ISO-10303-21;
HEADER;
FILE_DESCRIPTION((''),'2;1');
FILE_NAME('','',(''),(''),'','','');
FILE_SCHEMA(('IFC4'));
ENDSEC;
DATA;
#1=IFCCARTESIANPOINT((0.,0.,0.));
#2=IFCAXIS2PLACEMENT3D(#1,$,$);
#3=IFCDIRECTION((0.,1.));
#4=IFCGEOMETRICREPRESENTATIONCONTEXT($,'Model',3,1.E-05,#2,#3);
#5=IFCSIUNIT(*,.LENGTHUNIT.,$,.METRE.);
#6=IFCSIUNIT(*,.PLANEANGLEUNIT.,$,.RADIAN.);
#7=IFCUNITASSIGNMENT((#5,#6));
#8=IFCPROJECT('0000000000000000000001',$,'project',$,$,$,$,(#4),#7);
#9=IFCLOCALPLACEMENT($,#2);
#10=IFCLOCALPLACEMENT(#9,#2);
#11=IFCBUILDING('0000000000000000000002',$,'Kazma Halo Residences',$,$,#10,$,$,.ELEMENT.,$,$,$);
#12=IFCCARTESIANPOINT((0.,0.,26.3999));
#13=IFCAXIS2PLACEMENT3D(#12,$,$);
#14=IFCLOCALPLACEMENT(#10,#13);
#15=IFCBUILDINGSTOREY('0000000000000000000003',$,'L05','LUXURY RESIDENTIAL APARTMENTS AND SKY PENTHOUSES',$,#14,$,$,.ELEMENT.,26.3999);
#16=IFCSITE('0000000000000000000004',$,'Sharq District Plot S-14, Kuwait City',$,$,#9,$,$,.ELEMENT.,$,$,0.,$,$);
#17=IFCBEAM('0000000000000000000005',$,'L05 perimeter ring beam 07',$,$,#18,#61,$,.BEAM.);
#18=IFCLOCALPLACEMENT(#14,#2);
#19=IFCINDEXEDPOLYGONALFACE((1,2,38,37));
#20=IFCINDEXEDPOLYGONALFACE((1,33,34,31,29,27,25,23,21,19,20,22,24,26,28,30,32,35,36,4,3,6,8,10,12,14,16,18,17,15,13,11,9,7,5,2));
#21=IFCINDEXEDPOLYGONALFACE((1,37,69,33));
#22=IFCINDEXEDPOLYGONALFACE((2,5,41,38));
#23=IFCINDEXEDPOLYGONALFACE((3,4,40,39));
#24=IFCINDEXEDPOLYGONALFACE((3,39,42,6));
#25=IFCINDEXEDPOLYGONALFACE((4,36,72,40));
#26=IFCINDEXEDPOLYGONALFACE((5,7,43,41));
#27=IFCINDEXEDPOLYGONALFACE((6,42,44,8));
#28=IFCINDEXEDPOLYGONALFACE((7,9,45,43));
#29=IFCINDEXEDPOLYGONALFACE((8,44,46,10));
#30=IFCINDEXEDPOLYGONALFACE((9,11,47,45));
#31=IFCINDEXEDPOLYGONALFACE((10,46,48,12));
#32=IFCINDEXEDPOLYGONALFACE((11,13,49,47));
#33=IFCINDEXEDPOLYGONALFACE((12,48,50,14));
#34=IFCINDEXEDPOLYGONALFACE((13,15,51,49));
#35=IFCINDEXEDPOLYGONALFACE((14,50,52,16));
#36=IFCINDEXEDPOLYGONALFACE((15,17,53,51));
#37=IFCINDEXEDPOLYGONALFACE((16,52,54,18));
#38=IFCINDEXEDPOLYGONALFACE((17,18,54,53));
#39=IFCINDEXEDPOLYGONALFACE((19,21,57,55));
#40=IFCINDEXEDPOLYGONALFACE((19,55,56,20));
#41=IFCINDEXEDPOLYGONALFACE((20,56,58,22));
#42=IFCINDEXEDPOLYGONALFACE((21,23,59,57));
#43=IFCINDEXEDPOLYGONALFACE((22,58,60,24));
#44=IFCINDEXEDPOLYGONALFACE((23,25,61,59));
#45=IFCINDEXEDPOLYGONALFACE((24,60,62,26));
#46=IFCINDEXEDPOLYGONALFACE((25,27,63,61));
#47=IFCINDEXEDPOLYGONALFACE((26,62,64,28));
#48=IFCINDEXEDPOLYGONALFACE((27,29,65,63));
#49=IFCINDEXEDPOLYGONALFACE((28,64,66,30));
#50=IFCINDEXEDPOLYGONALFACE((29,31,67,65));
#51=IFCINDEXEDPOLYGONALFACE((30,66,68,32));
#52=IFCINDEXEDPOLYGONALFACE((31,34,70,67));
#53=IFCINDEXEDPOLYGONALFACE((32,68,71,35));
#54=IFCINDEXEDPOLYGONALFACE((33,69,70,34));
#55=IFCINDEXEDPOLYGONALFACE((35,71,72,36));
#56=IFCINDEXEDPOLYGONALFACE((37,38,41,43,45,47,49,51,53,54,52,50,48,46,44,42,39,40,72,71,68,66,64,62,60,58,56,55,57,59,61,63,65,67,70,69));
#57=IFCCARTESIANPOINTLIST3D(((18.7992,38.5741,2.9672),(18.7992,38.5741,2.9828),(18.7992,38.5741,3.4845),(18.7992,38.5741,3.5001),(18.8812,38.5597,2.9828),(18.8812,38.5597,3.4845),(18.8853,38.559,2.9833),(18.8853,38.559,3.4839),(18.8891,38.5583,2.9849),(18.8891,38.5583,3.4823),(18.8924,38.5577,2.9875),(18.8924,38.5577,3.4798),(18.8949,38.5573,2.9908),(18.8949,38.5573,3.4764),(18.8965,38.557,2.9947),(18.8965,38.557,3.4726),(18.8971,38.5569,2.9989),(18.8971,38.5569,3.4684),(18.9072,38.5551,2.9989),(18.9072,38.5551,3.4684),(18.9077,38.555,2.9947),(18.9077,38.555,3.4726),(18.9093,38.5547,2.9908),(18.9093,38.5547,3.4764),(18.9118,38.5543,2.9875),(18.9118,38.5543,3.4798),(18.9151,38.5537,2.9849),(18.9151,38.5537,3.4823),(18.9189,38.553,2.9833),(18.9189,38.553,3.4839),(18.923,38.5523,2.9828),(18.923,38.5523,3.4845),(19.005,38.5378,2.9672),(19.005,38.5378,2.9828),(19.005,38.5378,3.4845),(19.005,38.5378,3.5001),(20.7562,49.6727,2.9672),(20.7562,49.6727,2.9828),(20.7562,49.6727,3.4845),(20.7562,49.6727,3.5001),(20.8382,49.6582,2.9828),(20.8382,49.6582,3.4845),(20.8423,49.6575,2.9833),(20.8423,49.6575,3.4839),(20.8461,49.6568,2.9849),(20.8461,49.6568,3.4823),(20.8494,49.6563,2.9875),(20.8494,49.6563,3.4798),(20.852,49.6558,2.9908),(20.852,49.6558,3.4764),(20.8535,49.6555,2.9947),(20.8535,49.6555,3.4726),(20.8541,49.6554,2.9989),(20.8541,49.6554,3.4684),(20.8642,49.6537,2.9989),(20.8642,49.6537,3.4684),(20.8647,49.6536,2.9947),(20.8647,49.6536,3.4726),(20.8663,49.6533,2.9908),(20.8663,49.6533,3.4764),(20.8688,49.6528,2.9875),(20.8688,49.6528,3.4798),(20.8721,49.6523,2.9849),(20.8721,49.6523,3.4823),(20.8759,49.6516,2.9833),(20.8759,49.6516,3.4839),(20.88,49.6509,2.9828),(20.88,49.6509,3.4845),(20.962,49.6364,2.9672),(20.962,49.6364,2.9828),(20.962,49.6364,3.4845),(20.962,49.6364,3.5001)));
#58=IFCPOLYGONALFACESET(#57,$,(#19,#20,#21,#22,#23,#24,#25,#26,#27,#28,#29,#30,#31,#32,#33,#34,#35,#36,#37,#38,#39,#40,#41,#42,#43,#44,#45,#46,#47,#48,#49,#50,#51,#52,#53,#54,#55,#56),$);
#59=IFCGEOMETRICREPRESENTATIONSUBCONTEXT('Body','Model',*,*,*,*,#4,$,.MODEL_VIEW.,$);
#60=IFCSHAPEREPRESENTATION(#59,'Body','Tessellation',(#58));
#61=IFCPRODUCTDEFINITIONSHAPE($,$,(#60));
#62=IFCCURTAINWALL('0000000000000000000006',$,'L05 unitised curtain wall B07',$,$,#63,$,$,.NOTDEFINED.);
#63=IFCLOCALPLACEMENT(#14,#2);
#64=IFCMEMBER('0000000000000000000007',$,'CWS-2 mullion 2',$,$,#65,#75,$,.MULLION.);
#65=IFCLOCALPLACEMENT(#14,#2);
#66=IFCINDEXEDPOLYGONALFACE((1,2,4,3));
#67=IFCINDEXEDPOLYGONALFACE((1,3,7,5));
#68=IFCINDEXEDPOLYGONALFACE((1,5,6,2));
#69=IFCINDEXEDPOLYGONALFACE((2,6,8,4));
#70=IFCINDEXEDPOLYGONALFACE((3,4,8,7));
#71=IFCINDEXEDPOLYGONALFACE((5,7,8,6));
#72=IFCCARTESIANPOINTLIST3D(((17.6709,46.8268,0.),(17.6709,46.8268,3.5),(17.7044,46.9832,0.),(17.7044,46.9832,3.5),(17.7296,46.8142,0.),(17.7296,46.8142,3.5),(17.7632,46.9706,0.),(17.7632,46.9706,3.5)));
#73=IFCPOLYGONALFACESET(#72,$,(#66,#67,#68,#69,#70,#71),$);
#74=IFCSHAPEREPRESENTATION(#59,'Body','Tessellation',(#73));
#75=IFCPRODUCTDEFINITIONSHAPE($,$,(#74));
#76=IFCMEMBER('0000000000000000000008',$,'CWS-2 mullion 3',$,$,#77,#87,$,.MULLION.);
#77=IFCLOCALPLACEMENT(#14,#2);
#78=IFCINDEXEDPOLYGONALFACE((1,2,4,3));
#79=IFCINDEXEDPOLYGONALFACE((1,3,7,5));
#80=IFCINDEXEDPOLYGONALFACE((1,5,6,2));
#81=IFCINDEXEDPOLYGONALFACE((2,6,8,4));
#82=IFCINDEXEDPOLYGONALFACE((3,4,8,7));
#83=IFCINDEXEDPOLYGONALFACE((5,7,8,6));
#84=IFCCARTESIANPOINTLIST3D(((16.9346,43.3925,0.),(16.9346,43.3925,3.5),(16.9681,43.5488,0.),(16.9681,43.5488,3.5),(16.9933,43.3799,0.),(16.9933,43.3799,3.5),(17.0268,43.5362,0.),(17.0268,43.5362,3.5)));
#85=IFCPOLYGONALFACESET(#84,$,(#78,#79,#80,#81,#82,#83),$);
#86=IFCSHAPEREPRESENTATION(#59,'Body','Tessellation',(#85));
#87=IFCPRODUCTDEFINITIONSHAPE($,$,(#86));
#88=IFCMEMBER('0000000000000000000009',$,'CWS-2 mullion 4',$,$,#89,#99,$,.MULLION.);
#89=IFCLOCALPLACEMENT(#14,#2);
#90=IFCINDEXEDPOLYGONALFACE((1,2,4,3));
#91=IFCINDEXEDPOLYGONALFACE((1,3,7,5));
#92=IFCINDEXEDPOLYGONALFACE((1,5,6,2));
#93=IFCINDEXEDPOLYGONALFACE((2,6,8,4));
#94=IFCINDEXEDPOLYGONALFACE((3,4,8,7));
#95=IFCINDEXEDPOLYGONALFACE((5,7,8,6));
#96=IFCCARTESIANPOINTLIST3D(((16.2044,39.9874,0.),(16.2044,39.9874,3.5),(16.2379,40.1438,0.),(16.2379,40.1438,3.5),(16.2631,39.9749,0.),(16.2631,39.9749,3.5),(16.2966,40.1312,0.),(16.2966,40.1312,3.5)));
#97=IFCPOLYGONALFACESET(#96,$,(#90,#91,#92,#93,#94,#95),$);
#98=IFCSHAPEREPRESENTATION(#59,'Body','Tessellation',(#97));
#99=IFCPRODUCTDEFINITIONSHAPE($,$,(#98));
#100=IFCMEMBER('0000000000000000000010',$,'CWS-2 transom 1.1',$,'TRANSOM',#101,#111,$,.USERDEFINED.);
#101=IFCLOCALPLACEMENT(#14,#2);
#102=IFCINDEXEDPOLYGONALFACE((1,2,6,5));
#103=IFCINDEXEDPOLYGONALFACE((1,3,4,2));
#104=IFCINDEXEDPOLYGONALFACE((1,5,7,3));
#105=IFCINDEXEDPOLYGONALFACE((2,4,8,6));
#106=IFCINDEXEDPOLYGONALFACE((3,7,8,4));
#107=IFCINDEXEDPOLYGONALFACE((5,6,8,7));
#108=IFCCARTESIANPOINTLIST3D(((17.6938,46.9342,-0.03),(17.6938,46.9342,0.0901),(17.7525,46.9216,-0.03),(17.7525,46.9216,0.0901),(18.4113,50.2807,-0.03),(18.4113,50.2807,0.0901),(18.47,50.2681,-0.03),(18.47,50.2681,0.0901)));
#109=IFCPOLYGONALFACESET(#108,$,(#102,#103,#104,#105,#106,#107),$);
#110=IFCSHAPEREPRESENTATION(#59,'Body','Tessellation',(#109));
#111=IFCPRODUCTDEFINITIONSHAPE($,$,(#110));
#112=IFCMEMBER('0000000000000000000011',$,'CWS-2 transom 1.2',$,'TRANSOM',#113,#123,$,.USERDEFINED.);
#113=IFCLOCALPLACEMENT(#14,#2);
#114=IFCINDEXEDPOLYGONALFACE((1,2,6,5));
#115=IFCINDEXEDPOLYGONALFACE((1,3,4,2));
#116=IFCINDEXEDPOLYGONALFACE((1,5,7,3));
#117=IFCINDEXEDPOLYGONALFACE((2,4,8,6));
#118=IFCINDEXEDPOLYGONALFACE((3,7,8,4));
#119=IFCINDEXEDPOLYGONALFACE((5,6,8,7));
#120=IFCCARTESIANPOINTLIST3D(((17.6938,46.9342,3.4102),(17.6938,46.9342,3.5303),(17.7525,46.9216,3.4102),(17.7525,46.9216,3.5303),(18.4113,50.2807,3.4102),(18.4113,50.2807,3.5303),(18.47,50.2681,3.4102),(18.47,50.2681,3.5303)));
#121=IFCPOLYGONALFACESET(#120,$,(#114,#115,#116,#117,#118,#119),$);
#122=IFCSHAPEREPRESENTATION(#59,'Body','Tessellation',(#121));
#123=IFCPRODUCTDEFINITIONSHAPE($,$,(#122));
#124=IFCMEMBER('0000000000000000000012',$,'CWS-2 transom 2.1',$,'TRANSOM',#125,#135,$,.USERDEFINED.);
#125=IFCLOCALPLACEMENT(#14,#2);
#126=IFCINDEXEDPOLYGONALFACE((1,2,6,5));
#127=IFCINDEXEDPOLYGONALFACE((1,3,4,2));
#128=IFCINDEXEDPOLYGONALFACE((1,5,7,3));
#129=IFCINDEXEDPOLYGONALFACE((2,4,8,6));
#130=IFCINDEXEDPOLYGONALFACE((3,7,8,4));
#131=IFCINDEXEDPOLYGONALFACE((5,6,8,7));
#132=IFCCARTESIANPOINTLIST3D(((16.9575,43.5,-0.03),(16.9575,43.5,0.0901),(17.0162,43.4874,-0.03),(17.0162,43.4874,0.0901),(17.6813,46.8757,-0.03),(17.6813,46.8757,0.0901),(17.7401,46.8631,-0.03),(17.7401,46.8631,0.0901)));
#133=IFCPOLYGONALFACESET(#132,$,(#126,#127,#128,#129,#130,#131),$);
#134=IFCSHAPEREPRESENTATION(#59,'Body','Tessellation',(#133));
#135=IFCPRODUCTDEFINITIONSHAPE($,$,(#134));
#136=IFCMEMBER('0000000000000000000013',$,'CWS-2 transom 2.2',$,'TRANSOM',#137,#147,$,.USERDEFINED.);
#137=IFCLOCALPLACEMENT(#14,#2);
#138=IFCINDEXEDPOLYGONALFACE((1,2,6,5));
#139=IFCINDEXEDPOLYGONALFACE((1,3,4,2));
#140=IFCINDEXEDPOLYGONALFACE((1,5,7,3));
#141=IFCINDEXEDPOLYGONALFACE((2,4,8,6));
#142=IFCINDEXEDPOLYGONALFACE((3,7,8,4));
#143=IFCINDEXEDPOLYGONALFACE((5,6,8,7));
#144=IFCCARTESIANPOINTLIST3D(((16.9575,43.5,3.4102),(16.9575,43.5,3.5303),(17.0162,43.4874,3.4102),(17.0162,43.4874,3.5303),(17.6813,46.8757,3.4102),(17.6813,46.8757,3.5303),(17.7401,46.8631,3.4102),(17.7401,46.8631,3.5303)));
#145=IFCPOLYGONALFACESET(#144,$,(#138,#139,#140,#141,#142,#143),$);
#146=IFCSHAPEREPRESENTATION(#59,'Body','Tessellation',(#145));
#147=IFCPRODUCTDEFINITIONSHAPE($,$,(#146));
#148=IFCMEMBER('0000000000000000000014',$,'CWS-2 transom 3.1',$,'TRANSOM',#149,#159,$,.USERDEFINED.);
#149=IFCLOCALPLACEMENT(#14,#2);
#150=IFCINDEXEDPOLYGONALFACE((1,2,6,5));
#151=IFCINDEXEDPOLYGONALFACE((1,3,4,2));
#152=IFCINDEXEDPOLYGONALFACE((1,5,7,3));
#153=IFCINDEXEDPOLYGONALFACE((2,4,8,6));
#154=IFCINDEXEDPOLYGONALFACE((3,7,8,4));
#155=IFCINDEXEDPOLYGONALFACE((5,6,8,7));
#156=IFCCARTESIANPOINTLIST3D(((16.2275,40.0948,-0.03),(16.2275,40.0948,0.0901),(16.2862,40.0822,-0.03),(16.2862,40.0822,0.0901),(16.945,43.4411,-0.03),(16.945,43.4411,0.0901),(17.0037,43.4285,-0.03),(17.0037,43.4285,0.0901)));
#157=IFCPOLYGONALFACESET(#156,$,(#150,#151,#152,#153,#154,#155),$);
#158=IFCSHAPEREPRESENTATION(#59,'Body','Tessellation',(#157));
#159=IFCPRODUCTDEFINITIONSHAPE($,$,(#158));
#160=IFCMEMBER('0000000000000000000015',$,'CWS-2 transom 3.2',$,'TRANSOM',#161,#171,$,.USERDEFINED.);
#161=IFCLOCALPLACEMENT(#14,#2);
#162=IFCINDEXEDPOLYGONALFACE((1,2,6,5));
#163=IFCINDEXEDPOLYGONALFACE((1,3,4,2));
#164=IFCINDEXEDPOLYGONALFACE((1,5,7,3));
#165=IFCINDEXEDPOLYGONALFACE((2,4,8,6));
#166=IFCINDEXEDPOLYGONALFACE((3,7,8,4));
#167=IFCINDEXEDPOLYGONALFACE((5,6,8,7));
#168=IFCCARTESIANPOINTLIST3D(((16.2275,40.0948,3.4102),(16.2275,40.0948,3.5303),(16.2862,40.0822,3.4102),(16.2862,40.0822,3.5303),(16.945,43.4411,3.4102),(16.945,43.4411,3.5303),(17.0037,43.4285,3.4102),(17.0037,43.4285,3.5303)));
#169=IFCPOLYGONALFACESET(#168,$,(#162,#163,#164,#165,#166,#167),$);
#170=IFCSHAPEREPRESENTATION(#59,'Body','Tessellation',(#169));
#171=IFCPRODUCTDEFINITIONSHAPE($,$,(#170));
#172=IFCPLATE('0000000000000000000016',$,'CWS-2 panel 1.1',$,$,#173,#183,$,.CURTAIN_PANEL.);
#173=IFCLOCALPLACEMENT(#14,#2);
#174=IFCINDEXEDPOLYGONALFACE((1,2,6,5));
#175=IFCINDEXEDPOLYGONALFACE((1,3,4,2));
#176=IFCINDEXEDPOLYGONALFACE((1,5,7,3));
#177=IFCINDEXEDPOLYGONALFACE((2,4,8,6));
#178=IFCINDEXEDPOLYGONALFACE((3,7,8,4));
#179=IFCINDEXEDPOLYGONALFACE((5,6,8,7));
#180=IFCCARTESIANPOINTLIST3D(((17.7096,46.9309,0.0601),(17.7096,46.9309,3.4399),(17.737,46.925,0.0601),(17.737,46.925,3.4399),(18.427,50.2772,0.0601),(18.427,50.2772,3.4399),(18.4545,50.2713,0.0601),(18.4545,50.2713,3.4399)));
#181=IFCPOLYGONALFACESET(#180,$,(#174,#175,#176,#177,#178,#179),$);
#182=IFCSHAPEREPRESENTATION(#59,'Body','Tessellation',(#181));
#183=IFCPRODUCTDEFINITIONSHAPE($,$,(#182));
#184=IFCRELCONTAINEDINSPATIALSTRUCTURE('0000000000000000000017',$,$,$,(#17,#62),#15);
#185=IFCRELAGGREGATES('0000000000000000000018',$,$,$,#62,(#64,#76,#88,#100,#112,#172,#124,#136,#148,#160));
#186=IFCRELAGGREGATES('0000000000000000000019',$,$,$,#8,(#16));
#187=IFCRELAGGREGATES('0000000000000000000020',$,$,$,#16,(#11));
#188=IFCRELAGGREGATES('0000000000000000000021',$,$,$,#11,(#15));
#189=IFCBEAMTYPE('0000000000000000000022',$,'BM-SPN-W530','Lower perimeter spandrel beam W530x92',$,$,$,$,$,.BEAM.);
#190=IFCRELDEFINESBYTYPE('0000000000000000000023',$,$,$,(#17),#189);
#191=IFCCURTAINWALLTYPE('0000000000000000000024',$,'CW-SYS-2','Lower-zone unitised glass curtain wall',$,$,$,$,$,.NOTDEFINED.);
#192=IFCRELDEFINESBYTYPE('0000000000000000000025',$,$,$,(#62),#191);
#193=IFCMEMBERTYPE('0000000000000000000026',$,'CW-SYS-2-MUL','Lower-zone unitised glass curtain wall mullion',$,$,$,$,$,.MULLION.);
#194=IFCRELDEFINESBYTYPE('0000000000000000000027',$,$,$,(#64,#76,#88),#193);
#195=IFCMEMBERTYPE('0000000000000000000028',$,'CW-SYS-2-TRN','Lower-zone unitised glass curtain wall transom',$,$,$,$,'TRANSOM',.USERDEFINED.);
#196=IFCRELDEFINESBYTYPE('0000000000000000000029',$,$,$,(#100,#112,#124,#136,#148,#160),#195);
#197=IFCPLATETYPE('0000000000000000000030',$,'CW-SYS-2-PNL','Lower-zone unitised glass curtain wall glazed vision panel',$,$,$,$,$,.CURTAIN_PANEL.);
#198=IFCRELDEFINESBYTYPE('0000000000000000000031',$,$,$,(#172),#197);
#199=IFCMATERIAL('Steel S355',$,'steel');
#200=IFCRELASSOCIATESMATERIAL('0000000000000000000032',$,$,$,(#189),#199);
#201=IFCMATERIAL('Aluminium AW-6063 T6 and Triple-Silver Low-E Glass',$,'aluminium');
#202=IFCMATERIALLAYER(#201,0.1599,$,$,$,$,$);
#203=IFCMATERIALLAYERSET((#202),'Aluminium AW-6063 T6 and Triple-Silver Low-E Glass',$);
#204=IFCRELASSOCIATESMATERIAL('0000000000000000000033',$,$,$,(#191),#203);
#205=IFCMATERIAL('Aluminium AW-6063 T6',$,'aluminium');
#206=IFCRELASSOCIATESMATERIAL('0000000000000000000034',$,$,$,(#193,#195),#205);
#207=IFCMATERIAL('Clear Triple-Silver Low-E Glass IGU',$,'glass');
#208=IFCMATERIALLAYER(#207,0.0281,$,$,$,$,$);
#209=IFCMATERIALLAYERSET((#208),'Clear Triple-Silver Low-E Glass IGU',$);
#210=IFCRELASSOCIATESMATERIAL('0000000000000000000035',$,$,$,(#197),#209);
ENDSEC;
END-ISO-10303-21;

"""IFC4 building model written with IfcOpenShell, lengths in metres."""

from ifc_helpers import new_model, si_unit, direction, frame, origin, origin_2d, place, context, subcontext, project, spatial, rectangle, i_section, extrude, material, layer, layer_set, material_profile, profile_set, type_object, element, aggregate, save


model = new_model("IFC4")

# Units and contexts
model_context = context("Model", 3, precision=1e-05, world=origin(), true_north=direction((0.0, 1.0)))
body_context = subcontext(model_context, "Body", "Model", "MODEL_VIEW")
ifc_project = project(units=[si_unit("LENGTHUNIT", "METRE"), si_unit("PLANEANGLEUNIT", "RADIAN")], contexts=[model_context])

# Site, building, storey
site_placement = place(None, origin())
site = spatial("IfcSite", under=ifc_project, at=site_placement, Name="Sharq District Plot S-14, Kuwait City", CompositionType="ELEMENT", RefElevation=0.0)
building_placement = place(site_placement, origin())
building = spatial("IfcBuilding", under=site, at=building_placement, Name="Kazma Halo Residences", CompositionType="ELEMENT")
storey_placement = place(building_placement, frame((0.0, 0.0, 26.3999)))
storey = spatial("IfcBuildingStorey", under=building, at=storey_placement, Name="L05", Description="LUXURY RESIDENTIAL APARTMENTS AND SKY PENTHOUSES", CompositionType="ELEMENT", Elevation=26.3999)

# Beam
ifc_material_1 = material(Name="Steel S355", Category="steel")
ifc_material_profile_1 = material_profile(ifc_material_1, i_section(OverallWidth=0.209, OverallDepth=0.533, WebThickness=0.0103, FlangeThickness=0.0156, FilletRadius=0.0161, at=origin_2d()), Name="W530x92")
ifc_profile_set_1 = profile_set([ifc_material_profile_1], Name="Steel S355")
beam_type_1 = type_object("IfcBeamType", Name="BM-SPN-W530", Description="Lower perimeter spandrel beam W530x92", PredefinedType="BEAM", material=ifc_profile_set_1)
beam_1_placement = place(storey_placement, frame((20.8591, 49.6545, 3.2336), z_axis=(-0.173652, -0.984807, 0.0), x_axis=(0.984807, -0.173652, 0.0)))
element("IfcBeam", 1, at=beam_1_placement, inside=storey, type_object=beam_type_1, Name="L05 perimeter ring beam 07", PredefinedType="BEAM", context=body_context, shape_type="SweptSolid", body=[
    extrude(i_section(OverallWidth=0.209, OverallDepth=0.533, WebThickness=0.0103, FlangeThickness=0.0156, FilletRadius=0.0161, at=origin_2d()), origin(), (0.0, 0.0, 1.0), 11.2698),
])

# Curtain wall, members, plate
ifc_material_2 = material(Name="Aluminium AW-6063 T6 and Triple-Silver Low-E Glass", Category="aluminium")
ifc_layer_1 = layer(ifc_material_2, 0.1599)
ifc_layer_set_1 = layer_set([ifc_layer_1], Name="Aluminium AW-6063 T6 and Triple-Silver Low-E Glass")
curtain_wall_type = type_object("IfcCurtainWallType", Name="CW-SYS-2", Description="Lower-zone unitised glass curtain wall", PredefinedType="NOTDEFINED", material=ifc_layer_set_1)
curtain_wall_placement = place(storey_placement, origin())
curtain_wall = element("IfcCurtainWall", 2, at=curtain_wall_placement, inside=storey, type_object=curtain_wall_type, Name="L05 unitised curtain wall B07", PredefinedType="NOTDEFINED")
ifc_material_3 = material(Name="Aluminium AW-6063 T6", Category="aluminium")
ifc_material_profile_2 = material_profile(ifc_material_3, rectangle(XDim=0.0601, YDim=0.1599, at=origin_2d()), Name="CWM-60x160")
ifc_profile_set_2 = profile_set([ifc_material_profile_2], Name="Aluminium AW-6063 T6")
member_type_1 = type_object("IfcMemberType", Name="CW-SYS-2-MUL", Description="Lower-zone unitised glass curtain wall mullion", PredefinedType="MULLION", material=ifc_profile_set_2)
member_1_placement = place(storey_placement, frame((17.717, 46.8987, 0.0), z_axis=(0.0, 0.0, 1.0), x_axis=(0.977779, -0.209637, 0.0)))
member_1 = element("IfcMember", 3, at=member_1_placement, type_object=member_type_1, Name="CWS-2 mullion 2", PredefinedType="MULLION", context=body_context, shape_type="SweptSolid", body=[
    extrude(rectangle(XDim=0.0601, YDim=0.1599, at=origin_2d()), origin(), (0.0, 0.0, 1.0), 3.5),
])
member_2_placement = place(storey_placement, frame((16.9807, 43.4644, 0.0), z_axis=(0.0, 0.0, 1.0), x_axis=(0.977779, -0.209637, 0.0)))
member_2 = element("IfcMember", 4, at=member_2_placement, type_object=member_type_1, Name="CWS-2 mullion 3", PredefinedType="MULLION", context=body_context, shape_type="SweptSolid", body=[
    extrude(rectangle(XDim=0.0601, YDim=0.1599, at=origin_2d()), origin(), (0.0, 0.0, 1.0), 3.5),
])
member_3_placement = place(storey_placement, frame((16.2505, 40.0593, 0.0), z_axis=(0.0, 0.0, 1.0), x_axis=(0.977779, -0.209637, 0.0)))
member_3 = element("IfcMember", 5, at=member_3_placement, type_object=member_type_1, Name="CWS-2 mullion 4", PredefinedType="MULLION", context=body_context, shape_type="SweptSolid", body=[
    extrude(rectangle(XDim=0.0601, YDim=0.1599, at=origin_2d()), origin(), (0.0, 0.0, 1.0), 3.5),
])
ifc_material_profile_3 = material_profile(ifc_material_3, rectangle(XDim=0.0601, YDim=0.1201, at=origin_2d()), Name="CWT-60x120")
ifc_profile_set_3 = profile_set([ifc_material_profile_3], Name="Aluminium AW-6063 T6")
member_type_2 = type_object("IfcMemberType", Name="CW-SYS-2-TRN", Description="Lower-zone unitised glass curtain wall transom", ElementType="TRANSOM", PredefinedType="USERDEFINED", material=ifc_profile_set_3)
member_4_placement = place(storey_placement, frame((18.4407, 50.2744, 0.03), z_axis=(-0.209651, -0.977776, 0.0), x_axis=(0.977776, -0.209651, 0.0)))
member_4 = element("IfcMember", 6, at=member_4_placement, type_object=member_type_2, Name="CWS-2 transom 1.1", ObjectType="TRANSOM", PredefinedType="USERDEFINED", context=body_context, shape_type="SweptSolid", body=[
    extrude(rectangle(XDim=0.0601, YDim=0.1201, at=origin_2d()), origin(), (0.0, 0.0, 1.0), 3.4226),
])
member_5_placement = place(storey_placement, frame((18.4407, 50.2744, 3.4702), z_axis=(-0.209651, -0.977776, 0.0), x_axis=(0.977776, -0.209651, 0.0)))
member_5 = element("IfcMember", 7, at=member_5_placement, type_object=member_type_2, Name="CWS-2 transom 1.2", ObjectType="TRANSOM", PredefinedType="USERDEFINED", context=body_context, shape_type="SweptSolid", body=[
    extrude(rectangle(XDim=0.0601, YDim=0.1201, at=origin_2d()), origin(), (0.0, 0.0, 1.0), 3.4226),
])
member_6_placement = place(storey_placement, frame((17.7107, 46.8694, 0.03), z_axis=(-0.209669, -0.977772, 0.0), x_axis=(0.977772, -0.209669, 0.0)))
member_6 = element("IfcMember", 8, at=member_6_placement, type_object=member_type_2, Name="CWS-2 transom 2.1", ObjectType="TRANSOM", PredefinedType="USERDEFINED", context=body_context, shape_type="SweptSolid", body=[
    extrude(rectangle(XDim=0.0601, YDim=0.1201, at=origin_2d()), origin(), (0.0, 0.0, 1.0), 3.4524),
])
member_7_placement = place(storey_placement, frame((17.7107, 46.8694, 3.4702), z_axis=(-0.209669, -0.977772, 0.0), x_axis=(0.977772, -0.209669, 0.0)))
member_7 = element("IfcMember", 9, at=member_7_placement, type_object=member_type_2, Name="CWS-2 transom 2.2", ObjectType="TRANSOM", PredefinedType="USERDEFINED", context=body_context, shape_type="SweptSolid", body=[
    extrude(rectangle(XDim=0.0601, YDim=0.1201, at=origin_2d()), origin(), (0.0, 0.0, 1.0), 3.4524),
])
member_8_placement = place(storey_placement, frame((16.9744, 43.4348, 0.03), z_axis=(-0.209666, -0.977773, 0.0), x_axis=(0.977773, -0.209666, 0.0)))
member_8 = element("IfcMember", 10, at=member_8_placement, type_object=member_type_2, Name="CWS-2 transom 3.1", ObjectType="TRANSOM", PredefinedType="USERDEFINED", context=body_context, shape_type="SweptSolid", body=[
    extrude(rectangle(XDim=0.0601, YDim=0.1201, at=origin_2d()), origin(), (0.0, 0.0, 1.0), 3.4224),
])
member_9_placement = place(storey_placement, frame((16.9744, 43.4348, 3.4702), z_axis=(-0.209666, -0.977773, 0.0), x_axis=(0.977773, -0.209666, 0.0)))
member_9 = element("IfcMember", 11, at=member_9_placement, type_object=member_type_2, Name="CWS-2 transom 3.2", ObjectType="TRANSOM", PredefinedType="USERDEFINED", context=body_context, shape_type="SweptSolid", body=[
    extrude(rectangle(XDim=0.0601, YDim=0.1201, at=origin_2d()), origin(), (0.0, 0.0, 1.0), 3.4224),
])
ifc_material_4 = material(Name="Clear Triple-Silver Low-E Glass IGU", Category="glass")
ifc_layer_2 = layer(ifc_material_4, 0.0281)
ifc_layer_set_2 = layer_set([ifc_layer_2], Name="Clear Triple-Silver Low-E Glass IGU")
plate_type = type_object("IfcPlateType", Name="CW-SYS-2-PNL", Description="Lower-zone unitised glass curtain wall glazed vision panel", PredefinedType="CURTAIN_PANEL", material=ifc_layer_set_2)
plate_1_placement = place(storey_placement, frame((18.082, 48.6011, 0.0601), z_axis=(0.0, 0.0, 1.0), x_axis=(-0.209637, -0.977779, 0.0)))
plate_1 = element("IfcPlate", 12, at=plate_1_placement, type_object=plate_type, Name="CWS-2 panel 1.1", PredefinedType="CURTAIN_PANEL", context=body_context, shape_type="SweptSolid", body=[
    extrude(rectangle(XDim=3.4224, YDim=0.0281, at=origin_2d()), origin(), (0.0, 0.0, 1.0), 3.3799),
])
aggregate(curtain_wall, [member_1, member_2, member_3, member_4, member_5, plate_1, member_6, member_7, member_8, member_9])

save(model, "model.ifc")
